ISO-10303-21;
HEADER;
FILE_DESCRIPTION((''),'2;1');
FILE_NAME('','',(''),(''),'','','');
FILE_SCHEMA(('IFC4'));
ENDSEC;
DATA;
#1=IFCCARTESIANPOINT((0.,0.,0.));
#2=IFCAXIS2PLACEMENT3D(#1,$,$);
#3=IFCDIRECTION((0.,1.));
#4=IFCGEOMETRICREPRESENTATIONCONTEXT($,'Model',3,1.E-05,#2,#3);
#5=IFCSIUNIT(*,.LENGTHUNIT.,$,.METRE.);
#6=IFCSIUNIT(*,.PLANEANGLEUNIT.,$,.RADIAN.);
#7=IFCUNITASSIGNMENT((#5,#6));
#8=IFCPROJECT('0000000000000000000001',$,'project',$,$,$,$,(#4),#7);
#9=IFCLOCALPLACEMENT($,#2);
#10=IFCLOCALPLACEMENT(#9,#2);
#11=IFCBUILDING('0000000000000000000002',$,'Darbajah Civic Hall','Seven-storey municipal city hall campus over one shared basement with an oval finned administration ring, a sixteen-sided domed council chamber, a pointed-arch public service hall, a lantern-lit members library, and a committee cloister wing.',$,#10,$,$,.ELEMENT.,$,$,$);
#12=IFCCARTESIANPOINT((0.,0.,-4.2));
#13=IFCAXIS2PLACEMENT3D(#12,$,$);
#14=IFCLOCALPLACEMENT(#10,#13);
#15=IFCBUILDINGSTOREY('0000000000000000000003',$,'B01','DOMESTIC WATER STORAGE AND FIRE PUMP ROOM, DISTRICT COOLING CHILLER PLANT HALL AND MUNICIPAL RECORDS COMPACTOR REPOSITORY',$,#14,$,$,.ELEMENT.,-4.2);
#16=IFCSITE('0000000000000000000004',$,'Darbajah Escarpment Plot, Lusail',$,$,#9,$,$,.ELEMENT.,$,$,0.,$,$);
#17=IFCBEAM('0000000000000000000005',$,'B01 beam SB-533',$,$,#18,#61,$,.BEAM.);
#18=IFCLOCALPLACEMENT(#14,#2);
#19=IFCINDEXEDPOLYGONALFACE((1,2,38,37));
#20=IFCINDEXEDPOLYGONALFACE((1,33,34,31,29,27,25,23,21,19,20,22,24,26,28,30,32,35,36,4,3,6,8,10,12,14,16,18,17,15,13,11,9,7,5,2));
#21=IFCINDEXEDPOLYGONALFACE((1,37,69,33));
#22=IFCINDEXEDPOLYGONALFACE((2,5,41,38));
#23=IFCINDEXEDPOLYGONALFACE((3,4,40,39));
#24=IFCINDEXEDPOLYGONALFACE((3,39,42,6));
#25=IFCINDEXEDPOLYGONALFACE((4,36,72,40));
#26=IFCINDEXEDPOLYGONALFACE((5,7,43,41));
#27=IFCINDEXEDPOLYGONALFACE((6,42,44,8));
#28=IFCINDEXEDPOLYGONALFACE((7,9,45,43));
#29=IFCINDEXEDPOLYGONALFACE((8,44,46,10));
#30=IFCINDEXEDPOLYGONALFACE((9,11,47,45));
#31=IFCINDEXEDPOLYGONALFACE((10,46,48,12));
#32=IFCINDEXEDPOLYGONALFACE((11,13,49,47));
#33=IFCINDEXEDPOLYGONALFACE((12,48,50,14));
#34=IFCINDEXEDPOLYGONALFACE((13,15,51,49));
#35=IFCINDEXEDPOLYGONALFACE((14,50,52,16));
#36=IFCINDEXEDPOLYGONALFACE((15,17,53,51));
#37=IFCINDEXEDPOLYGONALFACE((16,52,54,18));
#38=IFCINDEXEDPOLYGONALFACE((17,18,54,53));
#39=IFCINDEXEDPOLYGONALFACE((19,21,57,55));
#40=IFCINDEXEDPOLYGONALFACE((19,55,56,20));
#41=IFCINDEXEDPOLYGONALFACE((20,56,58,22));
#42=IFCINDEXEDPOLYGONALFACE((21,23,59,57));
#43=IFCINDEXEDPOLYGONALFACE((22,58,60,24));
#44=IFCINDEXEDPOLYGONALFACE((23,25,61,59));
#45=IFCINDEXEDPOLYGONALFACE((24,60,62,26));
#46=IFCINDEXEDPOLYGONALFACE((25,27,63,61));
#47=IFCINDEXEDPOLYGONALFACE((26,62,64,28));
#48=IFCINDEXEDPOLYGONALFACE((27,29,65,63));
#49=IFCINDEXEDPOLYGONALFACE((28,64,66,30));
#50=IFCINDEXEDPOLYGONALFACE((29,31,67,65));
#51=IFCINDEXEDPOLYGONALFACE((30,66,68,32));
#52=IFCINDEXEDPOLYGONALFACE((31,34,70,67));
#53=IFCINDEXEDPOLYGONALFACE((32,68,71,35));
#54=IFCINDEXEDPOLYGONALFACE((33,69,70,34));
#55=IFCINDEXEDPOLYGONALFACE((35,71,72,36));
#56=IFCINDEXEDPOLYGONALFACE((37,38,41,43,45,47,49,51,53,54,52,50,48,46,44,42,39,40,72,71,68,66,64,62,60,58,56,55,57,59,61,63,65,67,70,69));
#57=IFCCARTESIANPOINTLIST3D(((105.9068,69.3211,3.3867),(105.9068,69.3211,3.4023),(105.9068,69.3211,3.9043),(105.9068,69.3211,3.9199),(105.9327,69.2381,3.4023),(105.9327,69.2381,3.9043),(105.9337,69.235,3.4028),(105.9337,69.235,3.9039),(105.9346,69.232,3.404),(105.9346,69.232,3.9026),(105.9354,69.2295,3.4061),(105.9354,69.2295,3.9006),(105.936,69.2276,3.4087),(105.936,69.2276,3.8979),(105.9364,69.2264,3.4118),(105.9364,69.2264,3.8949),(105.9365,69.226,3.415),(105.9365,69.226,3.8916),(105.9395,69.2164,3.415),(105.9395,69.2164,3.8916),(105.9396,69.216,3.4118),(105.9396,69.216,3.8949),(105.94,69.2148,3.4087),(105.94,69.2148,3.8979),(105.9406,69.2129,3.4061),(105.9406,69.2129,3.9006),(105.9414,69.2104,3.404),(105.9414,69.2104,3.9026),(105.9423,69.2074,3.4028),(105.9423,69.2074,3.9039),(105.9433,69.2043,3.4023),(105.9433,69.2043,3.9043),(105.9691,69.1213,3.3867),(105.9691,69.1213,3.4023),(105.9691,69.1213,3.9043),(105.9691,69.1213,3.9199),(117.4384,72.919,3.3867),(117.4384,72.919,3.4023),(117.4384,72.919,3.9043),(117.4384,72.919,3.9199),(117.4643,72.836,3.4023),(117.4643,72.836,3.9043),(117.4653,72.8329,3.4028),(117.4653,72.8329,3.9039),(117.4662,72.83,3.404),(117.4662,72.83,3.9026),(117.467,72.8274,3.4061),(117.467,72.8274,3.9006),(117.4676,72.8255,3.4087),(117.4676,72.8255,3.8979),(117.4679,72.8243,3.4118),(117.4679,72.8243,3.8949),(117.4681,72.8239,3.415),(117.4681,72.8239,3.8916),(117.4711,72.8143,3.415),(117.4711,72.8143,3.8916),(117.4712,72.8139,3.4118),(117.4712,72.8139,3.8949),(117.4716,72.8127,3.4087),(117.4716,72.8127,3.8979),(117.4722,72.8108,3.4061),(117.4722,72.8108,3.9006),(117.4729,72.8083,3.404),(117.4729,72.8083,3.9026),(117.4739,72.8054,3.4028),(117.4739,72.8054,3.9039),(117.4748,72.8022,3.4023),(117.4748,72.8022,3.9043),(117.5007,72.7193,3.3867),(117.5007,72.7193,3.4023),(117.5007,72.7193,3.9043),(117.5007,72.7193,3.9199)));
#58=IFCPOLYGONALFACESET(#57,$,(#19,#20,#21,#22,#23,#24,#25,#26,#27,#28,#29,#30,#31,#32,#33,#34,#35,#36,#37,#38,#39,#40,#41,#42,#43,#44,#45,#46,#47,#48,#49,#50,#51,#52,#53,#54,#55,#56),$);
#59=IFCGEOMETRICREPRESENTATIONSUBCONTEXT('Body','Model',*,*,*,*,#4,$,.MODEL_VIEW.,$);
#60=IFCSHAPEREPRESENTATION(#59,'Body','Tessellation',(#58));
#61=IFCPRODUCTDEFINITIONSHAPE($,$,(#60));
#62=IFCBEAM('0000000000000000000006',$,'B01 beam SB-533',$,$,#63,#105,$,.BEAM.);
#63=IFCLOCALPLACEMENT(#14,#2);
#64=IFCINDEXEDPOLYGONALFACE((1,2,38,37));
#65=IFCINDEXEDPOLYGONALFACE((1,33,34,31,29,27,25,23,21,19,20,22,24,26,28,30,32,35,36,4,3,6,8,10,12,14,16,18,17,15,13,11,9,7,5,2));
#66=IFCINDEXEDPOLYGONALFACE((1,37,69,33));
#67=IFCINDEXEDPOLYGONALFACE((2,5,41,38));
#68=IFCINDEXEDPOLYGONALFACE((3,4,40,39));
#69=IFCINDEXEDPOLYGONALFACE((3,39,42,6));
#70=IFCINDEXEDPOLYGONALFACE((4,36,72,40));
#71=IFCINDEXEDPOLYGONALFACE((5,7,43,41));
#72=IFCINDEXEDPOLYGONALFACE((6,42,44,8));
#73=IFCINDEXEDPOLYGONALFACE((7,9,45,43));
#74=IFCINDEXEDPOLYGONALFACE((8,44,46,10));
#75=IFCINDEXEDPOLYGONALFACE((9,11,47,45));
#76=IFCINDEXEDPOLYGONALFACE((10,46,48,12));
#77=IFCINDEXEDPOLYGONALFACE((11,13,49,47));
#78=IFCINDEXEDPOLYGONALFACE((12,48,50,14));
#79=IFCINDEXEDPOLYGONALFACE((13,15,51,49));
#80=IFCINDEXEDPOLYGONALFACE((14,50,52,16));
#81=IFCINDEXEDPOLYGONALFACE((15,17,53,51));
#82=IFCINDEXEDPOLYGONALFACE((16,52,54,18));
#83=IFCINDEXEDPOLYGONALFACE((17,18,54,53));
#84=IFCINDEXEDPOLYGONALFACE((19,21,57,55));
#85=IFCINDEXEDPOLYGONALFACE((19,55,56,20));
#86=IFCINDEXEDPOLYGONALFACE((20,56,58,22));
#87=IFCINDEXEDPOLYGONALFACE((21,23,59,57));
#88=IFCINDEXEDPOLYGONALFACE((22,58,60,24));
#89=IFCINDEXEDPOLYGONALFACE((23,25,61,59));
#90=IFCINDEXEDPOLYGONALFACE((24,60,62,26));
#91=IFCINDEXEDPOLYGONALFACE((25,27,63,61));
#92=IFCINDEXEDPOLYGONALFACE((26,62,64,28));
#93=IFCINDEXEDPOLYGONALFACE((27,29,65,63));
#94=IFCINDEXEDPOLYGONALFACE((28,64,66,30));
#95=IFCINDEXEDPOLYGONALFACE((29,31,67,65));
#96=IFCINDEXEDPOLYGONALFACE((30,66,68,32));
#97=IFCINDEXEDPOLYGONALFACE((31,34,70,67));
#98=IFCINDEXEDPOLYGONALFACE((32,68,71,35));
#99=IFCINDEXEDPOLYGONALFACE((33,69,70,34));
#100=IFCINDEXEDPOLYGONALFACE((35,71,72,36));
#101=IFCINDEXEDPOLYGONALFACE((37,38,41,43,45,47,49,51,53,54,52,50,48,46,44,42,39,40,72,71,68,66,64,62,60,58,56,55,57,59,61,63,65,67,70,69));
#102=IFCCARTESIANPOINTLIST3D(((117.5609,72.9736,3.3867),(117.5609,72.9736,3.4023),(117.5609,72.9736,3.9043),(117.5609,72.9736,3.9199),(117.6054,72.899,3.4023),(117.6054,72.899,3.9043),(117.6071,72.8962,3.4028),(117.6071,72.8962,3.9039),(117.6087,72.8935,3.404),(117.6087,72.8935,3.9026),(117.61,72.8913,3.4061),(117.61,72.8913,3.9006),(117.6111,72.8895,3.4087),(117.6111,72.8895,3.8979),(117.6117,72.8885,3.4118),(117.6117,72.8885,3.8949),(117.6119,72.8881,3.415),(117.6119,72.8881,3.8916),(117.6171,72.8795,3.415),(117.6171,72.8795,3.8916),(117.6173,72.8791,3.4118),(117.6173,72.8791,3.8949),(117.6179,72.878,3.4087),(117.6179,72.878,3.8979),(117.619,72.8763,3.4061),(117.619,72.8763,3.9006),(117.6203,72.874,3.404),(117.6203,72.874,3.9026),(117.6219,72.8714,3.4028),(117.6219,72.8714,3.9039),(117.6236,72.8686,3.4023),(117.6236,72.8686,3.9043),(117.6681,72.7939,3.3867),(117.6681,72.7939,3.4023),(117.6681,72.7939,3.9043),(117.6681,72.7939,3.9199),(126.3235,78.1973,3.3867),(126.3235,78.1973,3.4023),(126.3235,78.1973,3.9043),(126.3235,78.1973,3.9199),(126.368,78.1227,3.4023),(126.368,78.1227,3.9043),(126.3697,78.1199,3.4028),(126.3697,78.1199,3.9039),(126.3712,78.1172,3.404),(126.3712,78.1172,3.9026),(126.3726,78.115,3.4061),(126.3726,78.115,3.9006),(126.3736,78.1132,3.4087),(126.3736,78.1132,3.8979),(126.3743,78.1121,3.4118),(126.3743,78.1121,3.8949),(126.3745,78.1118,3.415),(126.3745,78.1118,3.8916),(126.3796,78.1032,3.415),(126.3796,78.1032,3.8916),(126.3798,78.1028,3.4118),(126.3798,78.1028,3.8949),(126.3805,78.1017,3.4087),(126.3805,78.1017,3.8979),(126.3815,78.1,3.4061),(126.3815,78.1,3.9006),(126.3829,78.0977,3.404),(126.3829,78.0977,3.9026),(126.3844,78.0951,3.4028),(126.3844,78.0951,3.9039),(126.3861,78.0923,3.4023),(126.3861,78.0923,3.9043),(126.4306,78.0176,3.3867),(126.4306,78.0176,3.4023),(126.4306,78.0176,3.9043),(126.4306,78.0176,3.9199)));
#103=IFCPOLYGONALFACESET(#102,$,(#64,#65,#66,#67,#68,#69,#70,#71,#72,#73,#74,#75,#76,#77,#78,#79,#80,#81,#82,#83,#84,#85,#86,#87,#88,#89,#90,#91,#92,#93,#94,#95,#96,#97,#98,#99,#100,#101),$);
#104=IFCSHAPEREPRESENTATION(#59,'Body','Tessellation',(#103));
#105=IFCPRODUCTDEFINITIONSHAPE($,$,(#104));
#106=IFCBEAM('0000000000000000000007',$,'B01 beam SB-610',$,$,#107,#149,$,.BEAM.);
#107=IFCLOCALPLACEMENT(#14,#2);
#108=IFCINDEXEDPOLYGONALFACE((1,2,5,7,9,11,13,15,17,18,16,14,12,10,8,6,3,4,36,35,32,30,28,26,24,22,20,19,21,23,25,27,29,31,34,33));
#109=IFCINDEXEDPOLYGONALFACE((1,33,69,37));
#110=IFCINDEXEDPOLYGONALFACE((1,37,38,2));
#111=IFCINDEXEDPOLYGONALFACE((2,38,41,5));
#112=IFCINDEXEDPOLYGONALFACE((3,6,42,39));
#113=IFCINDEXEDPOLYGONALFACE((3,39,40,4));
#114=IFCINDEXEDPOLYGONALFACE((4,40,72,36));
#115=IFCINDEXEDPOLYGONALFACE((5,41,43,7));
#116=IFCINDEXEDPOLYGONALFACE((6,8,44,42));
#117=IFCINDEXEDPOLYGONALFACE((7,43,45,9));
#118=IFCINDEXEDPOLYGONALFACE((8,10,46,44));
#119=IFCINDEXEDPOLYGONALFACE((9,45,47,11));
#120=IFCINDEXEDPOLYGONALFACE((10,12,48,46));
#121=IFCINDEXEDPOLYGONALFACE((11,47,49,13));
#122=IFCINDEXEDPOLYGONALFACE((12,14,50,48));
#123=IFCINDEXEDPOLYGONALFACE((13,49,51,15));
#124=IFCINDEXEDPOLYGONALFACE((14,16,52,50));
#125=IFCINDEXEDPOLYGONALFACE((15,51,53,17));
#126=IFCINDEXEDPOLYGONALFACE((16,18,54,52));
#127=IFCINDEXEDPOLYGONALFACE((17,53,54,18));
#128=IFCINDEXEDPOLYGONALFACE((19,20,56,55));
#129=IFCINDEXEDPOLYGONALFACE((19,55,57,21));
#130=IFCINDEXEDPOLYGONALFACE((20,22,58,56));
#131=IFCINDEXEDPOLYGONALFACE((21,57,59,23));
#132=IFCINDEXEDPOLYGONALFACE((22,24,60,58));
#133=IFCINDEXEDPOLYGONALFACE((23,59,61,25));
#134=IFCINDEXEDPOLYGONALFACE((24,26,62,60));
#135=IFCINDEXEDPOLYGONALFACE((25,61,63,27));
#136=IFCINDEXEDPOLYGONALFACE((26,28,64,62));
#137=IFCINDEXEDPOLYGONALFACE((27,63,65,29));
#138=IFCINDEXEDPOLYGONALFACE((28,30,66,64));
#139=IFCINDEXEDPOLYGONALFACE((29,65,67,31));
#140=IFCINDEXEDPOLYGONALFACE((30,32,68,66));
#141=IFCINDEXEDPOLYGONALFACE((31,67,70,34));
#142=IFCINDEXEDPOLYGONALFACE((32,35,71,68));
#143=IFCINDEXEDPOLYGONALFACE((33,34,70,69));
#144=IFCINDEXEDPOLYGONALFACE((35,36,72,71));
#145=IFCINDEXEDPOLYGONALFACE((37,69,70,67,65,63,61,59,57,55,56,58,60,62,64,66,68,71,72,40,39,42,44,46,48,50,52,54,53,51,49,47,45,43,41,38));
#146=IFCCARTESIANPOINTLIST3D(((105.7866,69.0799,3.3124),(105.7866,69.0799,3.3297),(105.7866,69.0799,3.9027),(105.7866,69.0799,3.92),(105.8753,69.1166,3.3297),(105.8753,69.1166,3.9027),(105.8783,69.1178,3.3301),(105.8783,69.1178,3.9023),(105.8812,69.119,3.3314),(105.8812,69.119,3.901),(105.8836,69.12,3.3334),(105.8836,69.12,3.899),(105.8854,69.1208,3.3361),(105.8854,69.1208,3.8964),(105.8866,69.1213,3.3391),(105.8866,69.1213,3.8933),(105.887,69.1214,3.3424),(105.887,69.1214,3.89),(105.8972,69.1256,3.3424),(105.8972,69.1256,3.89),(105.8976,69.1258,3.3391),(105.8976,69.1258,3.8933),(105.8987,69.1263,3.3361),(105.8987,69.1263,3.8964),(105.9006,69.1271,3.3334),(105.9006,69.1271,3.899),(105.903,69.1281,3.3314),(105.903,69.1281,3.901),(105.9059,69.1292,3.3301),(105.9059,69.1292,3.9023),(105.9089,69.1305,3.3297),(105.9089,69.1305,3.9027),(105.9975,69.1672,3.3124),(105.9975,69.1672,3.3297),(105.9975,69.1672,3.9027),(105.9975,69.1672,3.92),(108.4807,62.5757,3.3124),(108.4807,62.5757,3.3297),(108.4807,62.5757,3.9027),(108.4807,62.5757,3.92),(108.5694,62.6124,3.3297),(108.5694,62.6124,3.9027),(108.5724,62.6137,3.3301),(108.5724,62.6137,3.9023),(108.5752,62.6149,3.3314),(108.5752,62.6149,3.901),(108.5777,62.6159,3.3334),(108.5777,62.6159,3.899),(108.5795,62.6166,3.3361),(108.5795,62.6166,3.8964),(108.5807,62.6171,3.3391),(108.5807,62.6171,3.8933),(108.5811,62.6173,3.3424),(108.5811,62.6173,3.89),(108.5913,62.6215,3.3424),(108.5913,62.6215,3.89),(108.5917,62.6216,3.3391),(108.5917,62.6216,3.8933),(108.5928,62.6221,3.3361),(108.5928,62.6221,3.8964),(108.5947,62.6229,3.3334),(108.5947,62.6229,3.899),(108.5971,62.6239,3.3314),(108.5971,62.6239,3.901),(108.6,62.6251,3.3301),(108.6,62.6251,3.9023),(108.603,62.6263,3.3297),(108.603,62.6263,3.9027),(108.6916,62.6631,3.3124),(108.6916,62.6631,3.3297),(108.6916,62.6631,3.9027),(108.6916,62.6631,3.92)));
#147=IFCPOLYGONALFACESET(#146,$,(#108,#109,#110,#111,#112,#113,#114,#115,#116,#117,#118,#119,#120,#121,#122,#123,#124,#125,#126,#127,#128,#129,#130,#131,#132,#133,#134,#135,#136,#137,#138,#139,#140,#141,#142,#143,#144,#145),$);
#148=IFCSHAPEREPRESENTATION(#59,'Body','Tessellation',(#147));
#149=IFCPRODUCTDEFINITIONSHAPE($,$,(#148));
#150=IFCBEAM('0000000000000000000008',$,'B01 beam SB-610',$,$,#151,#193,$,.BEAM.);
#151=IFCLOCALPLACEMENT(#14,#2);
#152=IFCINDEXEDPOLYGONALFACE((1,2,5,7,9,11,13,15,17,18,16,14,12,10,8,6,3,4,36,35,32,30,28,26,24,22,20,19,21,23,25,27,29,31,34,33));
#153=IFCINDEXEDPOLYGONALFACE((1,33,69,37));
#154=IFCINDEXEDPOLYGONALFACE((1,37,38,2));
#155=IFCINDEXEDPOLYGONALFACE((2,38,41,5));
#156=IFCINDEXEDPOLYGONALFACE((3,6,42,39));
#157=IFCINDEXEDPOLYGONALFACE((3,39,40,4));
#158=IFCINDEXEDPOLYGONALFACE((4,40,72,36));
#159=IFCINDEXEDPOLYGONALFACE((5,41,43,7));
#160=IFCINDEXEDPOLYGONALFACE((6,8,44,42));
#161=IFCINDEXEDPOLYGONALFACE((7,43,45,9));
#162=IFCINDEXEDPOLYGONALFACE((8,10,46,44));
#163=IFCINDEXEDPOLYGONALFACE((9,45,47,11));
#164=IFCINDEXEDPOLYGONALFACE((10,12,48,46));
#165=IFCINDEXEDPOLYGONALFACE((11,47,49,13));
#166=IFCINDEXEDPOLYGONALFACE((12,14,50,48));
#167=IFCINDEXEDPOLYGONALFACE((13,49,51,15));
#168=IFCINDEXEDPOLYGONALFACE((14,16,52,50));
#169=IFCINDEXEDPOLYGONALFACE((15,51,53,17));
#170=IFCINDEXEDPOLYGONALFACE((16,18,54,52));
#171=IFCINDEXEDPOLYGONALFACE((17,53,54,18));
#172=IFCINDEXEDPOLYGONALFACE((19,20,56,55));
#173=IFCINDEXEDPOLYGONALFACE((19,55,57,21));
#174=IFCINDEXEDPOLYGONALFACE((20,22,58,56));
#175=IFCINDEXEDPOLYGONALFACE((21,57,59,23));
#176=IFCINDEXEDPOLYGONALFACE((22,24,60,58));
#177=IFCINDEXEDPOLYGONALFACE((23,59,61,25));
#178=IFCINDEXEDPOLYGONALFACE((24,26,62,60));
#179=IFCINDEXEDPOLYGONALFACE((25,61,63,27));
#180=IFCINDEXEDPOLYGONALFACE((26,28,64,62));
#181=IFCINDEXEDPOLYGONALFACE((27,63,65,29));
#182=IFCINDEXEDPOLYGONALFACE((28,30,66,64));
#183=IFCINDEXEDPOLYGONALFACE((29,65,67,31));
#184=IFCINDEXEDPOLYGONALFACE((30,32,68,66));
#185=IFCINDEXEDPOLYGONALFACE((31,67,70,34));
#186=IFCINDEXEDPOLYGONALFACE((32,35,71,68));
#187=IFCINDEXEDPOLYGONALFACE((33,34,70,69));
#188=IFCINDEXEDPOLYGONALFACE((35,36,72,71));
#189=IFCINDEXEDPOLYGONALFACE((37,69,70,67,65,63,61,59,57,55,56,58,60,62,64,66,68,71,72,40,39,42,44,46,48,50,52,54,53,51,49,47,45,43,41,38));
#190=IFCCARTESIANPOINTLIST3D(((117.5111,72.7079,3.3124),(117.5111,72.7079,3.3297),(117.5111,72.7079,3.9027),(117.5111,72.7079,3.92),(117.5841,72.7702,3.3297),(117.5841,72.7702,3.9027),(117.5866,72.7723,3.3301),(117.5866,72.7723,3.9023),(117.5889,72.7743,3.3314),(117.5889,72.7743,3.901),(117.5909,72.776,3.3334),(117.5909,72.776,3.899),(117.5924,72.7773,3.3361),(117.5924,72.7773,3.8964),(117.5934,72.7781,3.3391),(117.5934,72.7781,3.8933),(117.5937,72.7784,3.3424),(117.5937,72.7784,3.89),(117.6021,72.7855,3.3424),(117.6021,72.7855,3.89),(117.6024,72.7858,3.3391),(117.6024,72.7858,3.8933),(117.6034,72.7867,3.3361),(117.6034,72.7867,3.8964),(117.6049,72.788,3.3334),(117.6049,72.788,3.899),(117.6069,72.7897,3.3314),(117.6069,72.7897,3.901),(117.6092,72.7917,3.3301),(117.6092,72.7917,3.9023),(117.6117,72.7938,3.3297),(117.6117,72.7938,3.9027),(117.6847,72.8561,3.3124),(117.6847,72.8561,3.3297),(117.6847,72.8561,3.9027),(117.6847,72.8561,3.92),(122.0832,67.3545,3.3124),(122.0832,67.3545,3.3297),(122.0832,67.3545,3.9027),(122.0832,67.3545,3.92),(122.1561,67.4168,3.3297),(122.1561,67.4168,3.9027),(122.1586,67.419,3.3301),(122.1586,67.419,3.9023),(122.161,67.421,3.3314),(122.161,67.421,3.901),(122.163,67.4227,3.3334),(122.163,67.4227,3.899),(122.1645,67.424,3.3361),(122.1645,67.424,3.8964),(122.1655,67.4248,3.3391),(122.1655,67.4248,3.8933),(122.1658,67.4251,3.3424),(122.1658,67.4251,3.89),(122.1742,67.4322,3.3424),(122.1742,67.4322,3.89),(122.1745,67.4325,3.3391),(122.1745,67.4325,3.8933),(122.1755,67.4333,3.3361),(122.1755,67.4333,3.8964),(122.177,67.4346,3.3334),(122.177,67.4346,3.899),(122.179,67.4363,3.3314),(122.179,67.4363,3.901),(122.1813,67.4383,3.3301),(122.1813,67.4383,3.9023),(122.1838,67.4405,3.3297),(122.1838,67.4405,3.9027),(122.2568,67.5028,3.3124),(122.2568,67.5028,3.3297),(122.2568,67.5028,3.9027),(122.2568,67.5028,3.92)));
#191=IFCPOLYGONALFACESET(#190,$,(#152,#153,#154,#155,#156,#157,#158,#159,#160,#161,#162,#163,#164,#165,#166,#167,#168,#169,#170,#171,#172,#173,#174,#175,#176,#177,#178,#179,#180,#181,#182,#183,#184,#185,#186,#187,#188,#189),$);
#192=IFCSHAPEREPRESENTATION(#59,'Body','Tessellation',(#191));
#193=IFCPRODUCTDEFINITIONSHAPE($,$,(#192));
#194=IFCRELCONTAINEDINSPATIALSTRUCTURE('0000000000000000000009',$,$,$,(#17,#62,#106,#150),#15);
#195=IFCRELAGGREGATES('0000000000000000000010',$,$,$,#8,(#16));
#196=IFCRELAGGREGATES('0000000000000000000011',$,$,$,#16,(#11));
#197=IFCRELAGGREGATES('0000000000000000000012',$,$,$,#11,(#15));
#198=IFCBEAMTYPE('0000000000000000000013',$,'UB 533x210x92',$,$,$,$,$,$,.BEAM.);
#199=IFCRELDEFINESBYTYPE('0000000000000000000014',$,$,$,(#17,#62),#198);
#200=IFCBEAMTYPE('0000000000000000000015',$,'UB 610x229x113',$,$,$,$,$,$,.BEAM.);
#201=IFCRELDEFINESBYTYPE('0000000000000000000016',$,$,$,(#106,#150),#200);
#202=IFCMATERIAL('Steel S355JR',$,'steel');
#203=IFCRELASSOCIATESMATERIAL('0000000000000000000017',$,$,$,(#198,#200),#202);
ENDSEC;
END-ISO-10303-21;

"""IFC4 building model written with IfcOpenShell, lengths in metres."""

from ifc_helpers import new_model, si_unit, direction, frame, origin, origin_2d, place, context, subcontext, project, spatial, i_section, extrude, material, material_profile, profile_set, type_object, element, save


model = new_model("IFC4")

# Units and contexts
model_context = context("Model", 3, precision=1e-05, world=origin(), true_north=direction((0.0, 1.0)))
body_context = subcontext(model_context, "Body", "Model", "MODEL_VIEW")
ifc_project = project(units=[si_unit("LENGTHUNIT", "METRE"), si_unit("PLANEANGLEUNIT", "RADIAN")], contexts=[model_context])

# Site, building, storey
site_placement = place(None, origin())
site = spatial("IfcSite", under=ifc_project, at=site_placement, Name="Darbajah Escarpment Plot, Lusail", CompositionType="ELEMENT", RefElevation=0.0)
building_placement = place(site_placement, origin())
building = spatial("IfcBuilding", under=site, at=building_placement, Name="Darbajah Civic Hall", Description="Seven-storey municipal city hall campus over one shared basement with an oval finned administration ring, a sixteen-sided domed council chamber, a pointed-arch public service hall, a lantern-lit members library, and a committee cloister wing.", CompositionType="ELEMENT")
storey_placement = place(building_placement, frame((0.0, 0.0, -4.2)))
storey = spatial("IfcBuildingStorey", under=building, at=storey_placement, Name="B01", Description="DOMESTIC WATER STORAGE AND FIRE PUMP ROOM, DISTRICT COOLING CHILLER PLANT HALL AND MUNICIPAL RECORDS COMPACTOR REPOSITORY", CompositionType="ELEMENT", Elevation=-4.2)

# Beams
ifc_material_1 = material(Name="Steel S355JR", Category="steel")
ifc_material_profile_1 = material_profile(ifc_material_1, i_section(OverallWidth=0.2092, OverallDepth=0.5332, WebThickness=0.01, FlangeThickness=0.0156, FilletRadius=0.0127, at=origin_2d()), Name="UB 533x210x92")
ifc_profile_set_1 = profile_set([ifc_material_profile_1], Name="Steel S355JR")
beam_type_1 = type_object("IfcBeamType", Name="UB 533x210x92", PredefinedType="BEAM", material=ifc_profile_set_1)
beam_1_placement = place(storey_placement, frame((105.938, 69.2212, 3.6533), z_axis=(0.954614, 0.297846, 0.0), x_axis=(-0.297846, 0.954614, 0.0)))
element("IfcBeam", 1, at=beam_1_placement, inside=storey, type_object=beam_type_1, Name="B01 beam SB-533", PredefinedType="BEAM", context=body_context, shape_type="SweptSolid", body=[
    extrude(i_section(OverallWidth=0.2092, OverallDepth=0.5332, WebThickness=0.01, FlangeThickness=0.0156, FilletRadius=0.0127, at=origin_2d()), origin(), (0.0, 0.0, 1.0), 12.0798),
])
beam_2_placement = place(storey_placement, frame((117.6145, 72.8838, 3.6533), z_axis=(0.858953, 0.512055, 0.0), x_axis=(-0.512055, 0.858953, 0.0)))
element("IfcBeam", 2, at=beam_2_placement, inside=storey, type_object=beam_type_1, Name="B01 beam SB-533", PredefinedType="BEAM", context=body_context, shape_type="SweptSolid", body=[
    extrude(i_section(OverallWidth=0.2092, OverallDepth=0.5332, WebThickness=0.01, FlangeThickness=0.0156, FilletRadius=0.0127, at=origin_2d()), origin(), (0.0, 0.0, 1.0), 10.2014),
])
ifc_material_profile_2 = material_profile(ifc_material_1, i_section(OverallWidth=0.2283, OverallDepth=0.6077, WebThickness=0.011, FlangeThickness=0.0173, FilletRadius=0.0127, at=origin_2d()), Name="UB 610x229x113")
ifc_profile_set_2 = profile_set([ifc_material_profile_2], Name="Steel S355JR")
beam_type_2 = type_object("IfcBeamType", Name="UB 610x229x113", PredefinedType="BEAM", material=ifc_profile_set_2)
for number, where, z_axis, x_axis, name in (
    (3, (105.8921, 69.1235, 3.6162), (0.382682, -0.92388, 0.0), (0.92388, 0.382682, 0.0), "B01 beam SB-610"),
    (4, (117.5979, 72.782, 3.6162), (0.649439, -0.760413, 0.0), (0.760413, 0.649439, 0.0), "B01 beam SB-610"),
):
    element("IfcBeam", number, at=place(storey_placement, frame(where, z_axis=z_axis, x_axis=x_axis)), inside=storey, type_object=beam_type_2, Name=name, PredefinedType="BEAM", context=body_context, shape_type="SweptSolid", body=[
        extrude(i_section(OverallWidth=0.2283, OverallDepth=0.6077, WebThickness=0.011, FlangeThickness=0.0173, FilletRadius=0.0127, at=origin_2d()), origin(), (0.0, 0.0, 1.0), 7.04),
    ])

save(model, "model.ifc")
